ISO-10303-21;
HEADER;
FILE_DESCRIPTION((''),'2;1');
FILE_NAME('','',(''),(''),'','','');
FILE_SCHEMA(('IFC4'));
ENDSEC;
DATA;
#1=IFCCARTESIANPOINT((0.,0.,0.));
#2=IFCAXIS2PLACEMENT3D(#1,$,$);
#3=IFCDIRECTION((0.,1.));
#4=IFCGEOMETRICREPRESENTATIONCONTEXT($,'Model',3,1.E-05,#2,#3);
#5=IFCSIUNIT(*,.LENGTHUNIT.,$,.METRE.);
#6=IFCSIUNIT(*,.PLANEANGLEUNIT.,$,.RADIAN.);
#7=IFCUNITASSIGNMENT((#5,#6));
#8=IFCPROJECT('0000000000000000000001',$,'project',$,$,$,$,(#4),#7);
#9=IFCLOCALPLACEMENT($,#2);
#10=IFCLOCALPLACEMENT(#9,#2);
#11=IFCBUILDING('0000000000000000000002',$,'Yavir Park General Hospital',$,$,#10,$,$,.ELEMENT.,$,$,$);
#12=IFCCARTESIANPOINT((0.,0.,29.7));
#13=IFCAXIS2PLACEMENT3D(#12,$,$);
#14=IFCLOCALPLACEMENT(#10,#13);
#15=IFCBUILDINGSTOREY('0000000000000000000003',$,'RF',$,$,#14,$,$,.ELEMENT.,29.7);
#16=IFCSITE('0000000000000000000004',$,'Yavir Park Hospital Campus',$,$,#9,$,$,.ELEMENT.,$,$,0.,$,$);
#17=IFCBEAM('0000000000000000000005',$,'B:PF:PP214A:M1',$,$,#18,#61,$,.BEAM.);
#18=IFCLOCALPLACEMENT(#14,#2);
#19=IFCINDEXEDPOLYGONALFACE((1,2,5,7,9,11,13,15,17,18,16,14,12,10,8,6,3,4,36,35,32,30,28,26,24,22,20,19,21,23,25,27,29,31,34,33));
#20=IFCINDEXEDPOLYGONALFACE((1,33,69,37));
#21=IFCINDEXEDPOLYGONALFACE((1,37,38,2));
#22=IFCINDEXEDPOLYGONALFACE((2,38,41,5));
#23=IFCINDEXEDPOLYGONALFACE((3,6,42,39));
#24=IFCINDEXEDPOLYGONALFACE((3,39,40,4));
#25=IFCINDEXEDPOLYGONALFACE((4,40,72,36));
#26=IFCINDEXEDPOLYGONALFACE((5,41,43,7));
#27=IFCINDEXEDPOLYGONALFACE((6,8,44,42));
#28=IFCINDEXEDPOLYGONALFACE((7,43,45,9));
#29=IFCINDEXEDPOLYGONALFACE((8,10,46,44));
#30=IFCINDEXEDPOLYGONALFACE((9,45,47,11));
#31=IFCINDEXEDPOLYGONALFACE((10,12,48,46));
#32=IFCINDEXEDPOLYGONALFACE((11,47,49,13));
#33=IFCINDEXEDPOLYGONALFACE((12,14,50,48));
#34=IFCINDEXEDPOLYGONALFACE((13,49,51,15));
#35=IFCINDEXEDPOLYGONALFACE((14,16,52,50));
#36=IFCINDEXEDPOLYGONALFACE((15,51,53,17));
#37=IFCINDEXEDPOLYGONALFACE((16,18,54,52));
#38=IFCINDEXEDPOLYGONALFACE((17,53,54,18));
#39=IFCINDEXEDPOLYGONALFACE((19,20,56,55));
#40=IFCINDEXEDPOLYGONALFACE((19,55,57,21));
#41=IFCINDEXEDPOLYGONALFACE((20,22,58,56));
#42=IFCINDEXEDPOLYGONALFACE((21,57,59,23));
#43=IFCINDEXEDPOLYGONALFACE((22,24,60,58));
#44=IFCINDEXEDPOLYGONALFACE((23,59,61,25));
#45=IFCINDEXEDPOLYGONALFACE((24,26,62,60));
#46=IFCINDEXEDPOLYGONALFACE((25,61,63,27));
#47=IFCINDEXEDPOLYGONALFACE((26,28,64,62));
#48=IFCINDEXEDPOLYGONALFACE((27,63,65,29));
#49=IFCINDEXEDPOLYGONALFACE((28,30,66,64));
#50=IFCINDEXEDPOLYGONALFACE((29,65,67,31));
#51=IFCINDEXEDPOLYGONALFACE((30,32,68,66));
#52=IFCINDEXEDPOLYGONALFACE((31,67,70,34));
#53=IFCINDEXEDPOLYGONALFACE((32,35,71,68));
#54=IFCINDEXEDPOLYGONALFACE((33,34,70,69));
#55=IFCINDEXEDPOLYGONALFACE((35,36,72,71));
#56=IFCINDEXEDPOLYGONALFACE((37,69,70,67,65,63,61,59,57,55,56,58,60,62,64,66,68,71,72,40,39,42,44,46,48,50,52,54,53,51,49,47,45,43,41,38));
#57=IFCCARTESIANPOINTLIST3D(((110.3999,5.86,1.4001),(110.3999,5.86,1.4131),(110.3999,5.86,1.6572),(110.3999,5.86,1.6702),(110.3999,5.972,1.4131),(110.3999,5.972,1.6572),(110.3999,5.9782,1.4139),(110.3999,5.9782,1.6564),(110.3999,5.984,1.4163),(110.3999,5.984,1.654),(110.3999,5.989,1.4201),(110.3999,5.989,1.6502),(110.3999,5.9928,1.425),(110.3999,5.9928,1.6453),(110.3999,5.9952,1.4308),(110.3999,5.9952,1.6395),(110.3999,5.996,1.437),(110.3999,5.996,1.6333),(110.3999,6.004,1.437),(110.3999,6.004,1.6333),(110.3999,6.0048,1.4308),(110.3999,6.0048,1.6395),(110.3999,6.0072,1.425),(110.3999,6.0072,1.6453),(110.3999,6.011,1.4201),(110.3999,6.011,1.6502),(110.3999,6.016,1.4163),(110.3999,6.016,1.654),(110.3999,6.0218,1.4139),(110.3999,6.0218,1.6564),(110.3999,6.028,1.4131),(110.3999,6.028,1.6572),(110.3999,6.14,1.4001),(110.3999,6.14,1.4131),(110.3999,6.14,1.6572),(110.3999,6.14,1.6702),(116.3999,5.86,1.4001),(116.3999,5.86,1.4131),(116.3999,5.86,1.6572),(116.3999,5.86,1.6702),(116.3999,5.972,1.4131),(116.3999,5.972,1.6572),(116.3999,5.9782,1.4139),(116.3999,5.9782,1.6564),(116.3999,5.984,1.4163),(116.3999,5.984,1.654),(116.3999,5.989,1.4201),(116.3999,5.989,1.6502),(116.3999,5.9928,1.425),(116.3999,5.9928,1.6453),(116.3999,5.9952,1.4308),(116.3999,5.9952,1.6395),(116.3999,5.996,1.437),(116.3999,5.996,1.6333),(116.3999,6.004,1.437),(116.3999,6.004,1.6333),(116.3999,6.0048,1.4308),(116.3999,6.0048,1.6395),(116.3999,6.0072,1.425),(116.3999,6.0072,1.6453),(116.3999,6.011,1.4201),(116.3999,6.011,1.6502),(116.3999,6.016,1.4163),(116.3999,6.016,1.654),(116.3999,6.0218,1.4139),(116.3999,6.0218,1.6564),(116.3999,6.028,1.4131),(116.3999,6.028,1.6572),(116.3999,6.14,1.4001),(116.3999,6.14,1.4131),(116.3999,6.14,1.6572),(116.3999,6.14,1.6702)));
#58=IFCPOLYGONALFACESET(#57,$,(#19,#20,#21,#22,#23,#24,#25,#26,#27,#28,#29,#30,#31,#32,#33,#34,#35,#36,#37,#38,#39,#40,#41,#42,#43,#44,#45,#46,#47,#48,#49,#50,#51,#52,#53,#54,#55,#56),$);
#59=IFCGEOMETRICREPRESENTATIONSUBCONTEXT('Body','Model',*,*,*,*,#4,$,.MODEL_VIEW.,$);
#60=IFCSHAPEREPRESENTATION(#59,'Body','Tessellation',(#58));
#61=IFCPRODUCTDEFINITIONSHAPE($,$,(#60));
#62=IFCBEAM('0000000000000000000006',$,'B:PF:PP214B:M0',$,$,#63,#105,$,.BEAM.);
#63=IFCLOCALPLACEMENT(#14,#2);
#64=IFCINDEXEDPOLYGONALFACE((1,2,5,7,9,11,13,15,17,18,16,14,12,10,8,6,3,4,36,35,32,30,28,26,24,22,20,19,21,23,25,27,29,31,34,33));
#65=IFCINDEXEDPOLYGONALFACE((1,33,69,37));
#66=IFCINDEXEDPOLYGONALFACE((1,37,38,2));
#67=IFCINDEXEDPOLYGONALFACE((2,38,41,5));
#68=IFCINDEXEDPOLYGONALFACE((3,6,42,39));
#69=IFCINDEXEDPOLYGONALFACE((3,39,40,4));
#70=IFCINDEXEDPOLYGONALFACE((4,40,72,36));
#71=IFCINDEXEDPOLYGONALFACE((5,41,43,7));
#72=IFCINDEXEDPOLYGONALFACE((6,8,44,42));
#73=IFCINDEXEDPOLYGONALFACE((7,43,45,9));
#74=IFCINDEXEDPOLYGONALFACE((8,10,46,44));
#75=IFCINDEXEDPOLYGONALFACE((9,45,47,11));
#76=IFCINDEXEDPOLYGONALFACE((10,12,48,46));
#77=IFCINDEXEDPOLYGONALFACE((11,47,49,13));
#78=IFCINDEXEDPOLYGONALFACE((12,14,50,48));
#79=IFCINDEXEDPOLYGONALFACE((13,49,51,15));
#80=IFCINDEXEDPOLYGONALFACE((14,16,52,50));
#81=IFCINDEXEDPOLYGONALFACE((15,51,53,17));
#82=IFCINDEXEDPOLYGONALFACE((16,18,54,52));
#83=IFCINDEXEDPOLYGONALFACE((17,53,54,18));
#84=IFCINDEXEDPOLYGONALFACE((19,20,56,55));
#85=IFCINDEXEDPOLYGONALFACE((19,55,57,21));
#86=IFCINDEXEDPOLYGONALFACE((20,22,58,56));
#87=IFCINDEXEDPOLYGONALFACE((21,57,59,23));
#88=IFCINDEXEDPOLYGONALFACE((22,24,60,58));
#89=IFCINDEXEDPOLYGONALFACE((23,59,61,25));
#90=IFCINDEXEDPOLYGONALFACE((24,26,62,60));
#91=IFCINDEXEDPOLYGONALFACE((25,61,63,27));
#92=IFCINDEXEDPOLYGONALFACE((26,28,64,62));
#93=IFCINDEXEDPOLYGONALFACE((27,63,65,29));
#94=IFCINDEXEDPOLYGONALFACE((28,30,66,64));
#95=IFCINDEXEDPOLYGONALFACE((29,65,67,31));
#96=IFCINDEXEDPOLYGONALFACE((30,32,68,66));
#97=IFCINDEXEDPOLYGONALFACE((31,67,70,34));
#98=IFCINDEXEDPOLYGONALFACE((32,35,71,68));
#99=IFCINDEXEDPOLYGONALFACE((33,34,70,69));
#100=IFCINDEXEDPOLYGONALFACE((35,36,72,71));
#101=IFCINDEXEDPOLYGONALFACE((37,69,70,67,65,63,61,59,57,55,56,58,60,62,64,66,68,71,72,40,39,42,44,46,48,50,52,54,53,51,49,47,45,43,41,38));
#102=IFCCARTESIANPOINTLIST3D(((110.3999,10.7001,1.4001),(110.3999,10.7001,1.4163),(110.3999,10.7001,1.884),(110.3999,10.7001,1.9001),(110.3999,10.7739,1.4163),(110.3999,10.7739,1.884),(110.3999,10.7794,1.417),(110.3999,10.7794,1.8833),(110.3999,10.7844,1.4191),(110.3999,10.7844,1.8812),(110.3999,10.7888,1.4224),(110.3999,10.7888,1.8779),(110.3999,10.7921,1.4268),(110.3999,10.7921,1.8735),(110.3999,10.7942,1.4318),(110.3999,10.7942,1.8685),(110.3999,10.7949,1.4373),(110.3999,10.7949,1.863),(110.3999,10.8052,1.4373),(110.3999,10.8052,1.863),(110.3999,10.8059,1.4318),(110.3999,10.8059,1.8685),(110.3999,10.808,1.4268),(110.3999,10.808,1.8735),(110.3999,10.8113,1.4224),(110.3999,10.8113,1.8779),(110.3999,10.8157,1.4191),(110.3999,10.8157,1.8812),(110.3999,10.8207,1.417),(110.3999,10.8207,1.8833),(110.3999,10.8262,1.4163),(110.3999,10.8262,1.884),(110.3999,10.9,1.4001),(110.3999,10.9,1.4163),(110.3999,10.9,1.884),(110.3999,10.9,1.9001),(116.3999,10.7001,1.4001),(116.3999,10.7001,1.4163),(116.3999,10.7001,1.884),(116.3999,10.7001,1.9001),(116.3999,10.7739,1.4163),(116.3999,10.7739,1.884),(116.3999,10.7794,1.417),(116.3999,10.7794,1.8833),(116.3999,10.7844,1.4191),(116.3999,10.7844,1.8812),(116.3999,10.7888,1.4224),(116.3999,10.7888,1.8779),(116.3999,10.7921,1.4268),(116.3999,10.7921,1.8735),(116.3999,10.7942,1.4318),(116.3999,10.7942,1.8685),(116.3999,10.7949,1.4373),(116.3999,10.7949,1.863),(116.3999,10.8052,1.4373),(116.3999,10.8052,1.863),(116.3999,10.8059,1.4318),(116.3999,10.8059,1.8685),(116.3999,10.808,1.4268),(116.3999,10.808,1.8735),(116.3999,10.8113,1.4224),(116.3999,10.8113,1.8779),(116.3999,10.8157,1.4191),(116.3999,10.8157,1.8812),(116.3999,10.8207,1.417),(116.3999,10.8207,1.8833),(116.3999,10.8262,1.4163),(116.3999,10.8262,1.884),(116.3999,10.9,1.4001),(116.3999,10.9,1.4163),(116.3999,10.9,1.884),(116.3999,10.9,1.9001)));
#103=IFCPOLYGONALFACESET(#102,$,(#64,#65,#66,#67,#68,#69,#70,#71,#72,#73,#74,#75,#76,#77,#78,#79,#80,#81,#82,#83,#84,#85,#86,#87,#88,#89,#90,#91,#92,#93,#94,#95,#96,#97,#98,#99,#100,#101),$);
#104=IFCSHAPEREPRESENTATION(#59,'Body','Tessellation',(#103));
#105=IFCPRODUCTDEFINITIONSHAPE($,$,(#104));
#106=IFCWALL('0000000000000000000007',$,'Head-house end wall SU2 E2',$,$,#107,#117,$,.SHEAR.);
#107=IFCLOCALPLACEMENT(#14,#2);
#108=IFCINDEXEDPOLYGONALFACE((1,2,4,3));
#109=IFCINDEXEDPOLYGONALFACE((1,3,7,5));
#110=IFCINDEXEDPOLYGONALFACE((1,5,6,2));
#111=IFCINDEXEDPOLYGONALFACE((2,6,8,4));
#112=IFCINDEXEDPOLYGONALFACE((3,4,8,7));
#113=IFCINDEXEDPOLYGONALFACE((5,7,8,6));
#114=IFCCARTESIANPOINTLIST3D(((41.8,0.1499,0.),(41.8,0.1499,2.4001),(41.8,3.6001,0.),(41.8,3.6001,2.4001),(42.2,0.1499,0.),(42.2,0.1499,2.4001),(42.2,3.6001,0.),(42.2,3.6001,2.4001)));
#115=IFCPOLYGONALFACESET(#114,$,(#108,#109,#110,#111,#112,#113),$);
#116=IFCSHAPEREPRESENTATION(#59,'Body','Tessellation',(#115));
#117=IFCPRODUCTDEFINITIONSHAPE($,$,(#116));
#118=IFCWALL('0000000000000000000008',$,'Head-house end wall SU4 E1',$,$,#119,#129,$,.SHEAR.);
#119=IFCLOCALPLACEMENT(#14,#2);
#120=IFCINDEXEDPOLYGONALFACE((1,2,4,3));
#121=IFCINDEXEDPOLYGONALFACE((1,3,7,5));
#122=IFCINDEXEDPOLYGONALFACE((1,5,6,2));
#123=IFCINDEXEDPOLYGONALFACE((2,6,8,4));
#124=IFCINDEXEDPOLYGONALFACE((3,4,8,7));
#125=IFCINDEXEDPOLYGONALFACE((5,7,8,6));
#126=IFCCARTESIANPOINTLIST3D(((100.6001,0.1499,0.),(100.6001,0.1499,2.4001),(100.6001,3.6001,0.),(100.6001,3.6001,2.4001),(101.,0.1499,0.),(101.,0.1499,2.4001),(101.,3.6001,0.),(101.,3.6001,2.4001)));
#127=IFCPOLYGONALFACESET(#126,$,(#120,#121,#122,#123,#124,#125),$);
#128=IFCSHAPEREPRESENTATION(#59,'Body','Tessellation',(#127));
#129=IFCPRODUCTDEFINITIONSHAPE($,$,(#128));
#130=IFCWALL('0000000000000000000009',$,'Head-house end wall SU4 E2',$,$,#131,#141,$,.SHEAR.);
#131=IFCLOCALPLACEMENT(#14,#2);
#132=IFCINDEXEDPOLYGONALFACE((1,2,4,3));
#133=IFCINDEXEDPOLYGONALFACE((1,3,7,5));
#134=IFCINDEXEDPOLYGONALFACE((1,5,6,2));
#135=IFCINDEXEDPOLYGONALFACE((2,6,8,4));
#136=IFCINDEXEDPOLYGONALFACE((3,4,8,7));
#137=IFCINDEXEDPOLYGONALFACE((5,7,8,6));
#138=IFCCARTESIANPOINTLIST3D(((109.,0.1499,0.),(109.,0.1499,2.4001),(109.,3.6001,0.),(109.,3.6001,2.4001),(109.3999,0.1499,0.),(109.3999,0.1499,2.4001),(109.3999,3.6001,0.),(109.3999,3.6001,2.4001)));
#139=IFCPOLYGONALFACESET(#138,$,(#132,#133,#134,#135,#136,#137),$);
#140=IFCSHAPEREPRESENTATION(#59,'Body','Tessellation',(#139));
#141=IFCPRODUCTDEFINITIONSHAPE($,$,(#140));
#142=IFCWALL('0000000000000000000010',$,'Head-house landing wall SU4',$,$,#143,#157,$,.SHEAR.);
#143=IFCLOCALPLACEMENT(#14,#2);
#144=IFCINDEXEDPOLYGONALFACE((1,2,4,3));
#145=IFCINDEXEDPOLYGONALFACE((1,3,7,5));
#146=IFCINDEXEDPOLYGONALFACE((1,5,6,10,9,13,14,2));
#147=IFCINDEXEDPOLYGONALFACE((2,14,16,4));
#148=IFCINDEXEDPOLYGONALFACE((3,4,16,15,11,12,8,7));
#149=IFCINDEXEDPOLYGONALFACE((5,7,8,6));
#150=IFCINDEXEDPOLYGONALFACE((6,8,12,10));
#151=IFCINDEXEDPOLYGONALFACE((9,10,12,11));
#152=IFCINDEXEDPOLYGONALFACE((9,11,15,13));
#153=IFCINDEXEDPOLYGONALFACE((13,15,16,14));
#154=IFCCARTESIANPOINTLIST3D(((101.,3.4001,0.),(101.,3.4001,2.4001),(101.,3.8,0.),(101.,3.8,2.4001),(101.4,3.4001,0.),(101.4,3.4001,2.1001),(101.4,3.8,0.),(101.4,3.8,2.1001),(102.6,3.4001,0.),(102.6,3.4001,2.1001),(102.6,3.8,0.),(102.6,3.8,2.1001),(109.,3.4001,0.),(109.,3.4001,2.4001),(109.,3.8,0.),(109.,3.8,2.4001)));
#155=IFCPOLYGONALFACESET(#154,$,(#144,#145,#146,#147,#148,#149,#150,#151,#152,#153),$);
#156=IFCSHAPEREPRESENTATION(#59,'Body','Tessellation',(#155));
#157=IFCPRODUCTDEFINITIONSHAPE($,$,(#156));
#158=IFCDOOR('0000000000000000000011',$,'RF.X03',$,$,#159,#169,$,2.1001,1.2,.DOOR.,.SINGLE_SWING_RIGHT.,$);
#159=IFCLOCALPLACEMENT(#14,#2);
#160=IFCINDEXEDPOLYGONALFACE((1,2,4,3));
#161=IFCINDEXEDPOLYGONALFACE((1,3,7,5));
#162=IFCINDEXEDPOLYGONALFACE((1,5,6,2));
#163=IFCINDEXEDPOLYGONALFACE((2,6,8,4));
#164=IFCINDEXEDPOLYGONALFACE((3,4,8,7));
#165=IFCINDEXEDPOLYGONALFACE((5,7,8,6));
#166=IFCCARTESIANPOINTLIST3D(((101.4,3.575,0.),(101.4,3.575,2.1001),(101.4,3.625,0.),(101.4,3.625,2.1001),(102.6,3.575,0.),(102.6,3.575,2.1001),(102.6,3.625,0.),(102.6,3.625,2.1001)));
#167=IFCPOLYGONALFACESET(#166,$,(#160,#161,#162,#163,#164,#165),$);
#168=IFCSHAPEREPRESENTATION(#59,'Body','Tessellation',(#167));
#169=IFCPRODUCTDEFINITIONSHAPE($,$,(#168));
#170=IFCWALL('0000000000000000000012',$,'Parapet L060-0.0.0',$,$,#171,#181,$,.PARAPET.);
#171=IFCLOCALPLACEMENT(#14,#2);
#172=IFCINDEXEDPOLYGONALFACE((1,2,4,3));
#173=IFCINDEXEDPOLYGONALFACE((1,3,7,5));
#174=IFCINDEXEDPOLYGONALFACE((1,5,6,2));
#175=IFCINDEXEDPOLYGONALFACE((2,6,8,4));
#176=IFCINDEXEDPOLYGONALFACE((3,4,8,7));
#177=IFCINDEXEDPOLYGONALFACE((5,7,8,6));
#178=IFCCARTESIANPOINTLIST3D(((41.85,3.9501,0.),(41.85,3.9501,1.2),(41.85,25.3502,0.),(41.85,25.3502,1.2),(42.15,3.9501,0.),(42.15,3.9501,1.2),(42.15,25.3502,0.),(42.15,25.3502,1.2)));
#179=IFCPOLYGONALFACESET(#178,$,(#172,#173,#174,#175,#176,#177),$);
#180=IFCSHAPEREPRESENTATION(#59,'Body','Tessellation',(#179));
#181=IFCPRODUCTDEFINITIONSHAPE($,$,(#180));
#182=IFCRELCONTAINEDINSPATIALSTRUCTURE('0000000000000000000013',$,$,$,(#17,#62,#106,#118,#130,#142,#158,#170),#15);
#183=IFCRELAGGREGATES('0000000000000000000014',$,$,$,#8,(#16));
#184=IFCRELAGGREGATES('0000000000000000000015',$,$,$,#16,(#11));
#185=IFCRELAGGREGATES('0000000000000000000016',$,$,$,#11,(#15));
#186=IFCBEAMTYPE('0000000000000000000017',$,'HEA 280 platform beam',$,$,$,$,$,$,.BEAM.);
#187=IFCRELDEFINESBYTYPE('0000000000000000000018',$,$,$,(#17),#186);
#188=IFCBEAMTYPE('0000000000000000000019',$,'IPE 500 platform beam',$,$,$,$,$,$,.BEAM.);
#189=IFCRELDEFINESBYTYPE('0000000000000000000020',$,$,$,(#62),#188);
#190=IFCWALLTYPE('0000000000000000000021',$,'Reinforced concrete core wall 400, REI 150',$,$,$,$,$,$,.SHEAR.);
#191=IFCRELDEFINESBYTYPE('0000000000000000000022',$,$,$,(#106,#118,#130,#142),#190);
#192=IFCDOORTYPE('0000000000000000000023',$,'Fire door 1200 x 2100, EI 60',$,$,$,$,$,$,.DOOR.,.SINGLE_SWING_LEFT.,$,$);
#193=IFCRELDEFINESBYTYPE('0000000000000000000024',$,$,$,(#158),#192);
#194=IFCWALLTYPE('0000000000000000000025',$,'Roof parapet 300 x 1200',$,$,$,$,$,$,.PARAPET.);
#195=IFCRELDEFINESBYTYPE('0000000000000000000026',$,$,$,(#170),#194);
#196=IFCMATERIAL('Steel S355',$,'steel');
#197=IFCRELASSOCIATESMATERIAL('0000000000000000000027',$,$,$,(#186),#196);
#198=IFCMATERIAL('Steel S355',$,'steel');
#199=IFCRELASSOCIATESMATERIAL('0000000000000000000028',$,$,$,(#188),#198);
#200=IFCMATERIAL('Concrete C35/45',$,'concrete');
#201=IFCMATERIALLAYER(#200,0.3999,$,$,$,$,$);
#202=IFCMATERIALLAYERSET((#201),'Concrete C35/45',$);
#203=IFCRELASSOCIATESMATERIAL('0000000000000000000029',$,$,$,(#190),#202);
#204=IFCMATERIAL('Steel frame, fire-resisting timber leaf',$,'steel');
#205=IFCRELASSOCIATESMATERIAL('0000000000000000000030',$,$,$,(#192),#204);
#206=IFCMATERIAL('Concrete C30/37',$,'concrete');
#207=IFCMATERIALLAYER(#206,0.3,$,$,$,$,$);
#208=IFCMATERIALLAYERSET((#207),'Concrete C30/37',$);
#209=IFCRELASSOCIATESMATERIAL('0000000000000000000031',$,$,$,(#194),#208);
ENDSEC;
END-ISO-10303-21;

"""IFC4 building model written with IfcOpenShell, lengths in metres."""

from ifc_helpers import new_model, si_unit, direction, frame, frame_2d, origin, origin_2d, place, context, subcontext, project, spatial, rectangle, i_section, extrude, material, layer, layer_set, material_profile, profile_set, type_object, element, fill, save


model = new_model("IFC4")

# Units and contexts
model_context = context("Model", 3, precision=1e-05, world=origin(), true_north=direction((0.0, 1.0)))
body_context = subcontext(model_context, "Body", "Model", "MODEL_VIEW")
ifc_project = project(units=[si_unit("LENGTHUNIT", "METRE"), si_unit("PLANEANGLEUNIT", "RADIAN")], contexts=[model_context])

# Site, building, storey
site_placement = place(None, origin())
site = spatial("IfcSite", under=ifc_project, at=site_placement, Name="Yavir Park Hospital Campus", CompositionType="ELEMENT", RefElevation=0.0)
building_placement = place(site_placement, origin())
building = spatial("IfcBuilding", under=site, at=building_placement, Name="Yavir Park General Hospital", CompositionType="ELEMENT")
storey_placement = place(building_placement, frame((0.0, 0.0, 29.7)))
storey = spatial("IfcBuildingStorey", under=building, at=storey_placement, Name="RF", CompositionType="ELEMENT", Elevation=29.7)

# Beams
ifc_material_1 = material(Name="Steel S355", Category="steel")
ifc_material_profile_1 = material_profile(ifc_material_1, i_section(OverallWidth=0.28, OverallDepth=0.27, WebThickness=0.0081, FlangeThickness=0.0129, FilletRadius=0.0239, at=origin_2d()), Name="HEA280")
ifc_profile_set_1 = profile_set([ifc_material_profile_1], Name="Steel S355")
beam_type_1 = type_object("IfcBeamType", Name="HEA 280 platform beam", PredefinedType="BEAM", material=ifc_profile_set_1)
for number, where, z_axis, x_axis, name in (
    (1, (110.3999, 6.0, 1.5352), (1.0, 0.0, 0.0), (0.0, 1.0, 0.0), "B:PF:PP214A:M1"),
):
    element("IfcBeam", number, at=place(storey_placement, frame(where, z_axis=z_axis, x_axis=x_axis)), inside=storey, type_object=beam_type_1, Name=name, PredefinedType="BEAM", context=body_context, shape_type="SweptSolid", body=[
        extrude(i_section(OverallWidth=0.28, OverallDepth=0.27, WebThickness=0.0081, FlangeThickness=0.0129, FilletRadius=0.0239, at=origin_2d()), origin(), (0.0, 0.0, 1.0), 6.0),
    ])
ifc_material_2 = material(Name="Steel S355", Category="steel")
ifc_material_profile_2 = material_profile(ifc_material_2, i_section(OverallWidth=0.2, OverallDepth=0.5, WebThickness=0.0103, FlangeThickness=0.0161, FilletRadius=0.021, at=origin_2d()), Name="IPE500")
ifc_profile_set_2 = profile_set([ifc_material_profile_2], Name="Steel S355")
beam_type_2 = type_object("IfcBeamType", Name="IPE 500 platform beam", PredefinedType="BEAM", material=ifc_profile_set_2)
beam_placement = place(storey_placement, frame((110.3999, 10.8, 1.6501), z_axis=(1.0, 0.0, 0.0), x_axis=(0.0, 1.0, 0.0)))
element("IfcBeam", 2, at=beam_placement, inside=storey, type_object=beam_type_2, Name="B:PF:PP214B:M0", PredefinedType="BEAM", context=body_context, shape_type="SweptSolid", body=[
    extrude(i_section(OverallWidth=0.2, OverallDepth=0.5, WebThickness=0.0103, FlangeThickness=0.0161, FilletRadius=0.021, at=origin_2d()), origin(), (0.0, 0.0, 1.0), 6.0),
])

# Walls
ifc_material_3 = material(Name="Concrete C35/45", Category="concrete")
ifc_layer_1 = layer(ifc_material_3, 0.3999)
ifc_layer_set_1 = layer_set([ifc_layer_1], Name="Concrete C35/45")
wall_type_1 = type_object("IfcWallType", Name="Reinforced concrete core wall 400, REI 150", PredefinedType="SHEAR", material=ifc_layer_set_1)
for number, where, z_axis, x_axis, name in (
    (3, (42.0, 0.1499, 0.0), (0.0, 0.0, 1.0), (0.0, 1.0, 0.0), "Head-house end wall SU2 E2"),
    (4, (100.8, 0.1499, 0.0), (0.0, 0.0, 1.0), (0.0, 1.0, 0.0), "Head-house end wall SU4 E1"),
    (5, (109.2, 0.1499, 0.0), (0.0, 0.0, 1.0), (0.0, 1.0, 0.0), "Head-house end wall SU4 E2"),
):
    element("IfcWall", number, at=place(storey_placement, frame(where, z_axis=z_axis, x_axis=x_axis)), inside=storey, type_object=wall_type_1, Name=name, PredefinedType="SHEAR", context=body_context, shape_type="SweptSolid", body=[
        extrude(rectangle(XDim=3.4502, YDim=0.3999, at=frame_2d((1.7251, 0.0))), origin(), (0.0, 0.0, 1.0), 2.4001),
    ])

# Wall, opening, door
wall_1_placement = place(storey_placement, frame((101.0, 3.6001, 0.0), z_axis=(0.0, 0.0, 1.0), x_axis=(1.0, 0.0, 0.0)))
wall_1 = element("IfcWall", 6, at=wall_1_placement, inside=storey, type_object=wall_type_1, Name="Head-house landing wall SU4", PredefinedType="SHEAR", context=body_context, shape_type="SweptSolid", body=[
    extrude(rectangle(XDim=8.0, YDim=0.3999, at=frame_2d((4.0, 0.0))), origin(), (0.0, 0.0, 1.0), 2.4001),
])
opening_placement = place(wall_1_placement, frame((0.3999, 0.0, 0.0)))
opening = element("IfcOpeningElement", 7, at=opening_placement, cuts=wall_1, PredefinedType="OPENING", context=body_context, shape_type="SweptSolid", body=[
    extrude(rectangle(XDim=1.2, YDim=2.1001, at=frame_2d((0.6001, 1.05))), frame((0.0, 0.21, 0.0), z_axis=(0.0, -1.0, 0.0), x_axis=(1.0, 0.0, 0.0)), (0.0, 0.0, 1.0), 0.4199),
])
ifc_material_4 = material(Name="Steel frame, fire-resisting timber leaf", Category="steel")
door_type = type_object("IfcDoorType", Name="Fire door 1200 x 2100, EI 60", OperationType="SINGLE_SWING_LEFT", PredefinedType="DOOR", material=ifc_material_4)
door_placement = place(opening_placement, origin())
door = element("IfcDoor", 8, at=door_placement, inside=storey, type_object=door_type, Name="RF.X03", OperationType="SINGLE_SWING_RIGHT", OverallHeight=2.1001, OverallWidth=1.2, PredefinedType="DOOR", context=body_context, shape_type="SweptSolid", body=[
    extrude(rectangle(XDim=1.2, YDim=2.1001, at=frame_2d((0.6001, 1.05))), frame((0.0, 0.0249, 0.0), z_axis=(0.0, -1.0, 0.0), x_axis=(1.0, 0.0, 0.0)), (0.0, 0.0, 1.0), 0.05),
])
fill(opening, door)

# Wall
ifc_material_5 = material(Name="Concrete C30/37", Category="concrete")
ifc_layer_2 = layer(ifc_material_5, 0.3)
ifc_layer_set_2 = layer_set([ifc_layer_2], Name="Concrete C30/37")
wall_type_2 = type_object("IfcWallType", Name="Roof parapet 300 x 1200", PredefinedType="PARAPET", material=ifc_layer_set_2)
wall_2_placement = place(storey_placement, frame((42.0, 3.95, 0.0), z_axis=(0.0, 0.0, 1.0), x_axis=(0.0, 1.0, 0.0)))
element("IfcWall", 9, at=wall_2_placement, inside=storey, type_object=wall_type_2, Name="Parapet L060-0.0.0", PredefinedType="PARAPET", context=body_context, shape_type="SweptSolid", body=[
    extrude(rectangle(XDim=21.4001, YDim=0.3, at=frame_2d((10.7002, 0.0))), origin(), (0.0, 0.0, 1.0), 1.2),
])

save(model, "model.ifc")
